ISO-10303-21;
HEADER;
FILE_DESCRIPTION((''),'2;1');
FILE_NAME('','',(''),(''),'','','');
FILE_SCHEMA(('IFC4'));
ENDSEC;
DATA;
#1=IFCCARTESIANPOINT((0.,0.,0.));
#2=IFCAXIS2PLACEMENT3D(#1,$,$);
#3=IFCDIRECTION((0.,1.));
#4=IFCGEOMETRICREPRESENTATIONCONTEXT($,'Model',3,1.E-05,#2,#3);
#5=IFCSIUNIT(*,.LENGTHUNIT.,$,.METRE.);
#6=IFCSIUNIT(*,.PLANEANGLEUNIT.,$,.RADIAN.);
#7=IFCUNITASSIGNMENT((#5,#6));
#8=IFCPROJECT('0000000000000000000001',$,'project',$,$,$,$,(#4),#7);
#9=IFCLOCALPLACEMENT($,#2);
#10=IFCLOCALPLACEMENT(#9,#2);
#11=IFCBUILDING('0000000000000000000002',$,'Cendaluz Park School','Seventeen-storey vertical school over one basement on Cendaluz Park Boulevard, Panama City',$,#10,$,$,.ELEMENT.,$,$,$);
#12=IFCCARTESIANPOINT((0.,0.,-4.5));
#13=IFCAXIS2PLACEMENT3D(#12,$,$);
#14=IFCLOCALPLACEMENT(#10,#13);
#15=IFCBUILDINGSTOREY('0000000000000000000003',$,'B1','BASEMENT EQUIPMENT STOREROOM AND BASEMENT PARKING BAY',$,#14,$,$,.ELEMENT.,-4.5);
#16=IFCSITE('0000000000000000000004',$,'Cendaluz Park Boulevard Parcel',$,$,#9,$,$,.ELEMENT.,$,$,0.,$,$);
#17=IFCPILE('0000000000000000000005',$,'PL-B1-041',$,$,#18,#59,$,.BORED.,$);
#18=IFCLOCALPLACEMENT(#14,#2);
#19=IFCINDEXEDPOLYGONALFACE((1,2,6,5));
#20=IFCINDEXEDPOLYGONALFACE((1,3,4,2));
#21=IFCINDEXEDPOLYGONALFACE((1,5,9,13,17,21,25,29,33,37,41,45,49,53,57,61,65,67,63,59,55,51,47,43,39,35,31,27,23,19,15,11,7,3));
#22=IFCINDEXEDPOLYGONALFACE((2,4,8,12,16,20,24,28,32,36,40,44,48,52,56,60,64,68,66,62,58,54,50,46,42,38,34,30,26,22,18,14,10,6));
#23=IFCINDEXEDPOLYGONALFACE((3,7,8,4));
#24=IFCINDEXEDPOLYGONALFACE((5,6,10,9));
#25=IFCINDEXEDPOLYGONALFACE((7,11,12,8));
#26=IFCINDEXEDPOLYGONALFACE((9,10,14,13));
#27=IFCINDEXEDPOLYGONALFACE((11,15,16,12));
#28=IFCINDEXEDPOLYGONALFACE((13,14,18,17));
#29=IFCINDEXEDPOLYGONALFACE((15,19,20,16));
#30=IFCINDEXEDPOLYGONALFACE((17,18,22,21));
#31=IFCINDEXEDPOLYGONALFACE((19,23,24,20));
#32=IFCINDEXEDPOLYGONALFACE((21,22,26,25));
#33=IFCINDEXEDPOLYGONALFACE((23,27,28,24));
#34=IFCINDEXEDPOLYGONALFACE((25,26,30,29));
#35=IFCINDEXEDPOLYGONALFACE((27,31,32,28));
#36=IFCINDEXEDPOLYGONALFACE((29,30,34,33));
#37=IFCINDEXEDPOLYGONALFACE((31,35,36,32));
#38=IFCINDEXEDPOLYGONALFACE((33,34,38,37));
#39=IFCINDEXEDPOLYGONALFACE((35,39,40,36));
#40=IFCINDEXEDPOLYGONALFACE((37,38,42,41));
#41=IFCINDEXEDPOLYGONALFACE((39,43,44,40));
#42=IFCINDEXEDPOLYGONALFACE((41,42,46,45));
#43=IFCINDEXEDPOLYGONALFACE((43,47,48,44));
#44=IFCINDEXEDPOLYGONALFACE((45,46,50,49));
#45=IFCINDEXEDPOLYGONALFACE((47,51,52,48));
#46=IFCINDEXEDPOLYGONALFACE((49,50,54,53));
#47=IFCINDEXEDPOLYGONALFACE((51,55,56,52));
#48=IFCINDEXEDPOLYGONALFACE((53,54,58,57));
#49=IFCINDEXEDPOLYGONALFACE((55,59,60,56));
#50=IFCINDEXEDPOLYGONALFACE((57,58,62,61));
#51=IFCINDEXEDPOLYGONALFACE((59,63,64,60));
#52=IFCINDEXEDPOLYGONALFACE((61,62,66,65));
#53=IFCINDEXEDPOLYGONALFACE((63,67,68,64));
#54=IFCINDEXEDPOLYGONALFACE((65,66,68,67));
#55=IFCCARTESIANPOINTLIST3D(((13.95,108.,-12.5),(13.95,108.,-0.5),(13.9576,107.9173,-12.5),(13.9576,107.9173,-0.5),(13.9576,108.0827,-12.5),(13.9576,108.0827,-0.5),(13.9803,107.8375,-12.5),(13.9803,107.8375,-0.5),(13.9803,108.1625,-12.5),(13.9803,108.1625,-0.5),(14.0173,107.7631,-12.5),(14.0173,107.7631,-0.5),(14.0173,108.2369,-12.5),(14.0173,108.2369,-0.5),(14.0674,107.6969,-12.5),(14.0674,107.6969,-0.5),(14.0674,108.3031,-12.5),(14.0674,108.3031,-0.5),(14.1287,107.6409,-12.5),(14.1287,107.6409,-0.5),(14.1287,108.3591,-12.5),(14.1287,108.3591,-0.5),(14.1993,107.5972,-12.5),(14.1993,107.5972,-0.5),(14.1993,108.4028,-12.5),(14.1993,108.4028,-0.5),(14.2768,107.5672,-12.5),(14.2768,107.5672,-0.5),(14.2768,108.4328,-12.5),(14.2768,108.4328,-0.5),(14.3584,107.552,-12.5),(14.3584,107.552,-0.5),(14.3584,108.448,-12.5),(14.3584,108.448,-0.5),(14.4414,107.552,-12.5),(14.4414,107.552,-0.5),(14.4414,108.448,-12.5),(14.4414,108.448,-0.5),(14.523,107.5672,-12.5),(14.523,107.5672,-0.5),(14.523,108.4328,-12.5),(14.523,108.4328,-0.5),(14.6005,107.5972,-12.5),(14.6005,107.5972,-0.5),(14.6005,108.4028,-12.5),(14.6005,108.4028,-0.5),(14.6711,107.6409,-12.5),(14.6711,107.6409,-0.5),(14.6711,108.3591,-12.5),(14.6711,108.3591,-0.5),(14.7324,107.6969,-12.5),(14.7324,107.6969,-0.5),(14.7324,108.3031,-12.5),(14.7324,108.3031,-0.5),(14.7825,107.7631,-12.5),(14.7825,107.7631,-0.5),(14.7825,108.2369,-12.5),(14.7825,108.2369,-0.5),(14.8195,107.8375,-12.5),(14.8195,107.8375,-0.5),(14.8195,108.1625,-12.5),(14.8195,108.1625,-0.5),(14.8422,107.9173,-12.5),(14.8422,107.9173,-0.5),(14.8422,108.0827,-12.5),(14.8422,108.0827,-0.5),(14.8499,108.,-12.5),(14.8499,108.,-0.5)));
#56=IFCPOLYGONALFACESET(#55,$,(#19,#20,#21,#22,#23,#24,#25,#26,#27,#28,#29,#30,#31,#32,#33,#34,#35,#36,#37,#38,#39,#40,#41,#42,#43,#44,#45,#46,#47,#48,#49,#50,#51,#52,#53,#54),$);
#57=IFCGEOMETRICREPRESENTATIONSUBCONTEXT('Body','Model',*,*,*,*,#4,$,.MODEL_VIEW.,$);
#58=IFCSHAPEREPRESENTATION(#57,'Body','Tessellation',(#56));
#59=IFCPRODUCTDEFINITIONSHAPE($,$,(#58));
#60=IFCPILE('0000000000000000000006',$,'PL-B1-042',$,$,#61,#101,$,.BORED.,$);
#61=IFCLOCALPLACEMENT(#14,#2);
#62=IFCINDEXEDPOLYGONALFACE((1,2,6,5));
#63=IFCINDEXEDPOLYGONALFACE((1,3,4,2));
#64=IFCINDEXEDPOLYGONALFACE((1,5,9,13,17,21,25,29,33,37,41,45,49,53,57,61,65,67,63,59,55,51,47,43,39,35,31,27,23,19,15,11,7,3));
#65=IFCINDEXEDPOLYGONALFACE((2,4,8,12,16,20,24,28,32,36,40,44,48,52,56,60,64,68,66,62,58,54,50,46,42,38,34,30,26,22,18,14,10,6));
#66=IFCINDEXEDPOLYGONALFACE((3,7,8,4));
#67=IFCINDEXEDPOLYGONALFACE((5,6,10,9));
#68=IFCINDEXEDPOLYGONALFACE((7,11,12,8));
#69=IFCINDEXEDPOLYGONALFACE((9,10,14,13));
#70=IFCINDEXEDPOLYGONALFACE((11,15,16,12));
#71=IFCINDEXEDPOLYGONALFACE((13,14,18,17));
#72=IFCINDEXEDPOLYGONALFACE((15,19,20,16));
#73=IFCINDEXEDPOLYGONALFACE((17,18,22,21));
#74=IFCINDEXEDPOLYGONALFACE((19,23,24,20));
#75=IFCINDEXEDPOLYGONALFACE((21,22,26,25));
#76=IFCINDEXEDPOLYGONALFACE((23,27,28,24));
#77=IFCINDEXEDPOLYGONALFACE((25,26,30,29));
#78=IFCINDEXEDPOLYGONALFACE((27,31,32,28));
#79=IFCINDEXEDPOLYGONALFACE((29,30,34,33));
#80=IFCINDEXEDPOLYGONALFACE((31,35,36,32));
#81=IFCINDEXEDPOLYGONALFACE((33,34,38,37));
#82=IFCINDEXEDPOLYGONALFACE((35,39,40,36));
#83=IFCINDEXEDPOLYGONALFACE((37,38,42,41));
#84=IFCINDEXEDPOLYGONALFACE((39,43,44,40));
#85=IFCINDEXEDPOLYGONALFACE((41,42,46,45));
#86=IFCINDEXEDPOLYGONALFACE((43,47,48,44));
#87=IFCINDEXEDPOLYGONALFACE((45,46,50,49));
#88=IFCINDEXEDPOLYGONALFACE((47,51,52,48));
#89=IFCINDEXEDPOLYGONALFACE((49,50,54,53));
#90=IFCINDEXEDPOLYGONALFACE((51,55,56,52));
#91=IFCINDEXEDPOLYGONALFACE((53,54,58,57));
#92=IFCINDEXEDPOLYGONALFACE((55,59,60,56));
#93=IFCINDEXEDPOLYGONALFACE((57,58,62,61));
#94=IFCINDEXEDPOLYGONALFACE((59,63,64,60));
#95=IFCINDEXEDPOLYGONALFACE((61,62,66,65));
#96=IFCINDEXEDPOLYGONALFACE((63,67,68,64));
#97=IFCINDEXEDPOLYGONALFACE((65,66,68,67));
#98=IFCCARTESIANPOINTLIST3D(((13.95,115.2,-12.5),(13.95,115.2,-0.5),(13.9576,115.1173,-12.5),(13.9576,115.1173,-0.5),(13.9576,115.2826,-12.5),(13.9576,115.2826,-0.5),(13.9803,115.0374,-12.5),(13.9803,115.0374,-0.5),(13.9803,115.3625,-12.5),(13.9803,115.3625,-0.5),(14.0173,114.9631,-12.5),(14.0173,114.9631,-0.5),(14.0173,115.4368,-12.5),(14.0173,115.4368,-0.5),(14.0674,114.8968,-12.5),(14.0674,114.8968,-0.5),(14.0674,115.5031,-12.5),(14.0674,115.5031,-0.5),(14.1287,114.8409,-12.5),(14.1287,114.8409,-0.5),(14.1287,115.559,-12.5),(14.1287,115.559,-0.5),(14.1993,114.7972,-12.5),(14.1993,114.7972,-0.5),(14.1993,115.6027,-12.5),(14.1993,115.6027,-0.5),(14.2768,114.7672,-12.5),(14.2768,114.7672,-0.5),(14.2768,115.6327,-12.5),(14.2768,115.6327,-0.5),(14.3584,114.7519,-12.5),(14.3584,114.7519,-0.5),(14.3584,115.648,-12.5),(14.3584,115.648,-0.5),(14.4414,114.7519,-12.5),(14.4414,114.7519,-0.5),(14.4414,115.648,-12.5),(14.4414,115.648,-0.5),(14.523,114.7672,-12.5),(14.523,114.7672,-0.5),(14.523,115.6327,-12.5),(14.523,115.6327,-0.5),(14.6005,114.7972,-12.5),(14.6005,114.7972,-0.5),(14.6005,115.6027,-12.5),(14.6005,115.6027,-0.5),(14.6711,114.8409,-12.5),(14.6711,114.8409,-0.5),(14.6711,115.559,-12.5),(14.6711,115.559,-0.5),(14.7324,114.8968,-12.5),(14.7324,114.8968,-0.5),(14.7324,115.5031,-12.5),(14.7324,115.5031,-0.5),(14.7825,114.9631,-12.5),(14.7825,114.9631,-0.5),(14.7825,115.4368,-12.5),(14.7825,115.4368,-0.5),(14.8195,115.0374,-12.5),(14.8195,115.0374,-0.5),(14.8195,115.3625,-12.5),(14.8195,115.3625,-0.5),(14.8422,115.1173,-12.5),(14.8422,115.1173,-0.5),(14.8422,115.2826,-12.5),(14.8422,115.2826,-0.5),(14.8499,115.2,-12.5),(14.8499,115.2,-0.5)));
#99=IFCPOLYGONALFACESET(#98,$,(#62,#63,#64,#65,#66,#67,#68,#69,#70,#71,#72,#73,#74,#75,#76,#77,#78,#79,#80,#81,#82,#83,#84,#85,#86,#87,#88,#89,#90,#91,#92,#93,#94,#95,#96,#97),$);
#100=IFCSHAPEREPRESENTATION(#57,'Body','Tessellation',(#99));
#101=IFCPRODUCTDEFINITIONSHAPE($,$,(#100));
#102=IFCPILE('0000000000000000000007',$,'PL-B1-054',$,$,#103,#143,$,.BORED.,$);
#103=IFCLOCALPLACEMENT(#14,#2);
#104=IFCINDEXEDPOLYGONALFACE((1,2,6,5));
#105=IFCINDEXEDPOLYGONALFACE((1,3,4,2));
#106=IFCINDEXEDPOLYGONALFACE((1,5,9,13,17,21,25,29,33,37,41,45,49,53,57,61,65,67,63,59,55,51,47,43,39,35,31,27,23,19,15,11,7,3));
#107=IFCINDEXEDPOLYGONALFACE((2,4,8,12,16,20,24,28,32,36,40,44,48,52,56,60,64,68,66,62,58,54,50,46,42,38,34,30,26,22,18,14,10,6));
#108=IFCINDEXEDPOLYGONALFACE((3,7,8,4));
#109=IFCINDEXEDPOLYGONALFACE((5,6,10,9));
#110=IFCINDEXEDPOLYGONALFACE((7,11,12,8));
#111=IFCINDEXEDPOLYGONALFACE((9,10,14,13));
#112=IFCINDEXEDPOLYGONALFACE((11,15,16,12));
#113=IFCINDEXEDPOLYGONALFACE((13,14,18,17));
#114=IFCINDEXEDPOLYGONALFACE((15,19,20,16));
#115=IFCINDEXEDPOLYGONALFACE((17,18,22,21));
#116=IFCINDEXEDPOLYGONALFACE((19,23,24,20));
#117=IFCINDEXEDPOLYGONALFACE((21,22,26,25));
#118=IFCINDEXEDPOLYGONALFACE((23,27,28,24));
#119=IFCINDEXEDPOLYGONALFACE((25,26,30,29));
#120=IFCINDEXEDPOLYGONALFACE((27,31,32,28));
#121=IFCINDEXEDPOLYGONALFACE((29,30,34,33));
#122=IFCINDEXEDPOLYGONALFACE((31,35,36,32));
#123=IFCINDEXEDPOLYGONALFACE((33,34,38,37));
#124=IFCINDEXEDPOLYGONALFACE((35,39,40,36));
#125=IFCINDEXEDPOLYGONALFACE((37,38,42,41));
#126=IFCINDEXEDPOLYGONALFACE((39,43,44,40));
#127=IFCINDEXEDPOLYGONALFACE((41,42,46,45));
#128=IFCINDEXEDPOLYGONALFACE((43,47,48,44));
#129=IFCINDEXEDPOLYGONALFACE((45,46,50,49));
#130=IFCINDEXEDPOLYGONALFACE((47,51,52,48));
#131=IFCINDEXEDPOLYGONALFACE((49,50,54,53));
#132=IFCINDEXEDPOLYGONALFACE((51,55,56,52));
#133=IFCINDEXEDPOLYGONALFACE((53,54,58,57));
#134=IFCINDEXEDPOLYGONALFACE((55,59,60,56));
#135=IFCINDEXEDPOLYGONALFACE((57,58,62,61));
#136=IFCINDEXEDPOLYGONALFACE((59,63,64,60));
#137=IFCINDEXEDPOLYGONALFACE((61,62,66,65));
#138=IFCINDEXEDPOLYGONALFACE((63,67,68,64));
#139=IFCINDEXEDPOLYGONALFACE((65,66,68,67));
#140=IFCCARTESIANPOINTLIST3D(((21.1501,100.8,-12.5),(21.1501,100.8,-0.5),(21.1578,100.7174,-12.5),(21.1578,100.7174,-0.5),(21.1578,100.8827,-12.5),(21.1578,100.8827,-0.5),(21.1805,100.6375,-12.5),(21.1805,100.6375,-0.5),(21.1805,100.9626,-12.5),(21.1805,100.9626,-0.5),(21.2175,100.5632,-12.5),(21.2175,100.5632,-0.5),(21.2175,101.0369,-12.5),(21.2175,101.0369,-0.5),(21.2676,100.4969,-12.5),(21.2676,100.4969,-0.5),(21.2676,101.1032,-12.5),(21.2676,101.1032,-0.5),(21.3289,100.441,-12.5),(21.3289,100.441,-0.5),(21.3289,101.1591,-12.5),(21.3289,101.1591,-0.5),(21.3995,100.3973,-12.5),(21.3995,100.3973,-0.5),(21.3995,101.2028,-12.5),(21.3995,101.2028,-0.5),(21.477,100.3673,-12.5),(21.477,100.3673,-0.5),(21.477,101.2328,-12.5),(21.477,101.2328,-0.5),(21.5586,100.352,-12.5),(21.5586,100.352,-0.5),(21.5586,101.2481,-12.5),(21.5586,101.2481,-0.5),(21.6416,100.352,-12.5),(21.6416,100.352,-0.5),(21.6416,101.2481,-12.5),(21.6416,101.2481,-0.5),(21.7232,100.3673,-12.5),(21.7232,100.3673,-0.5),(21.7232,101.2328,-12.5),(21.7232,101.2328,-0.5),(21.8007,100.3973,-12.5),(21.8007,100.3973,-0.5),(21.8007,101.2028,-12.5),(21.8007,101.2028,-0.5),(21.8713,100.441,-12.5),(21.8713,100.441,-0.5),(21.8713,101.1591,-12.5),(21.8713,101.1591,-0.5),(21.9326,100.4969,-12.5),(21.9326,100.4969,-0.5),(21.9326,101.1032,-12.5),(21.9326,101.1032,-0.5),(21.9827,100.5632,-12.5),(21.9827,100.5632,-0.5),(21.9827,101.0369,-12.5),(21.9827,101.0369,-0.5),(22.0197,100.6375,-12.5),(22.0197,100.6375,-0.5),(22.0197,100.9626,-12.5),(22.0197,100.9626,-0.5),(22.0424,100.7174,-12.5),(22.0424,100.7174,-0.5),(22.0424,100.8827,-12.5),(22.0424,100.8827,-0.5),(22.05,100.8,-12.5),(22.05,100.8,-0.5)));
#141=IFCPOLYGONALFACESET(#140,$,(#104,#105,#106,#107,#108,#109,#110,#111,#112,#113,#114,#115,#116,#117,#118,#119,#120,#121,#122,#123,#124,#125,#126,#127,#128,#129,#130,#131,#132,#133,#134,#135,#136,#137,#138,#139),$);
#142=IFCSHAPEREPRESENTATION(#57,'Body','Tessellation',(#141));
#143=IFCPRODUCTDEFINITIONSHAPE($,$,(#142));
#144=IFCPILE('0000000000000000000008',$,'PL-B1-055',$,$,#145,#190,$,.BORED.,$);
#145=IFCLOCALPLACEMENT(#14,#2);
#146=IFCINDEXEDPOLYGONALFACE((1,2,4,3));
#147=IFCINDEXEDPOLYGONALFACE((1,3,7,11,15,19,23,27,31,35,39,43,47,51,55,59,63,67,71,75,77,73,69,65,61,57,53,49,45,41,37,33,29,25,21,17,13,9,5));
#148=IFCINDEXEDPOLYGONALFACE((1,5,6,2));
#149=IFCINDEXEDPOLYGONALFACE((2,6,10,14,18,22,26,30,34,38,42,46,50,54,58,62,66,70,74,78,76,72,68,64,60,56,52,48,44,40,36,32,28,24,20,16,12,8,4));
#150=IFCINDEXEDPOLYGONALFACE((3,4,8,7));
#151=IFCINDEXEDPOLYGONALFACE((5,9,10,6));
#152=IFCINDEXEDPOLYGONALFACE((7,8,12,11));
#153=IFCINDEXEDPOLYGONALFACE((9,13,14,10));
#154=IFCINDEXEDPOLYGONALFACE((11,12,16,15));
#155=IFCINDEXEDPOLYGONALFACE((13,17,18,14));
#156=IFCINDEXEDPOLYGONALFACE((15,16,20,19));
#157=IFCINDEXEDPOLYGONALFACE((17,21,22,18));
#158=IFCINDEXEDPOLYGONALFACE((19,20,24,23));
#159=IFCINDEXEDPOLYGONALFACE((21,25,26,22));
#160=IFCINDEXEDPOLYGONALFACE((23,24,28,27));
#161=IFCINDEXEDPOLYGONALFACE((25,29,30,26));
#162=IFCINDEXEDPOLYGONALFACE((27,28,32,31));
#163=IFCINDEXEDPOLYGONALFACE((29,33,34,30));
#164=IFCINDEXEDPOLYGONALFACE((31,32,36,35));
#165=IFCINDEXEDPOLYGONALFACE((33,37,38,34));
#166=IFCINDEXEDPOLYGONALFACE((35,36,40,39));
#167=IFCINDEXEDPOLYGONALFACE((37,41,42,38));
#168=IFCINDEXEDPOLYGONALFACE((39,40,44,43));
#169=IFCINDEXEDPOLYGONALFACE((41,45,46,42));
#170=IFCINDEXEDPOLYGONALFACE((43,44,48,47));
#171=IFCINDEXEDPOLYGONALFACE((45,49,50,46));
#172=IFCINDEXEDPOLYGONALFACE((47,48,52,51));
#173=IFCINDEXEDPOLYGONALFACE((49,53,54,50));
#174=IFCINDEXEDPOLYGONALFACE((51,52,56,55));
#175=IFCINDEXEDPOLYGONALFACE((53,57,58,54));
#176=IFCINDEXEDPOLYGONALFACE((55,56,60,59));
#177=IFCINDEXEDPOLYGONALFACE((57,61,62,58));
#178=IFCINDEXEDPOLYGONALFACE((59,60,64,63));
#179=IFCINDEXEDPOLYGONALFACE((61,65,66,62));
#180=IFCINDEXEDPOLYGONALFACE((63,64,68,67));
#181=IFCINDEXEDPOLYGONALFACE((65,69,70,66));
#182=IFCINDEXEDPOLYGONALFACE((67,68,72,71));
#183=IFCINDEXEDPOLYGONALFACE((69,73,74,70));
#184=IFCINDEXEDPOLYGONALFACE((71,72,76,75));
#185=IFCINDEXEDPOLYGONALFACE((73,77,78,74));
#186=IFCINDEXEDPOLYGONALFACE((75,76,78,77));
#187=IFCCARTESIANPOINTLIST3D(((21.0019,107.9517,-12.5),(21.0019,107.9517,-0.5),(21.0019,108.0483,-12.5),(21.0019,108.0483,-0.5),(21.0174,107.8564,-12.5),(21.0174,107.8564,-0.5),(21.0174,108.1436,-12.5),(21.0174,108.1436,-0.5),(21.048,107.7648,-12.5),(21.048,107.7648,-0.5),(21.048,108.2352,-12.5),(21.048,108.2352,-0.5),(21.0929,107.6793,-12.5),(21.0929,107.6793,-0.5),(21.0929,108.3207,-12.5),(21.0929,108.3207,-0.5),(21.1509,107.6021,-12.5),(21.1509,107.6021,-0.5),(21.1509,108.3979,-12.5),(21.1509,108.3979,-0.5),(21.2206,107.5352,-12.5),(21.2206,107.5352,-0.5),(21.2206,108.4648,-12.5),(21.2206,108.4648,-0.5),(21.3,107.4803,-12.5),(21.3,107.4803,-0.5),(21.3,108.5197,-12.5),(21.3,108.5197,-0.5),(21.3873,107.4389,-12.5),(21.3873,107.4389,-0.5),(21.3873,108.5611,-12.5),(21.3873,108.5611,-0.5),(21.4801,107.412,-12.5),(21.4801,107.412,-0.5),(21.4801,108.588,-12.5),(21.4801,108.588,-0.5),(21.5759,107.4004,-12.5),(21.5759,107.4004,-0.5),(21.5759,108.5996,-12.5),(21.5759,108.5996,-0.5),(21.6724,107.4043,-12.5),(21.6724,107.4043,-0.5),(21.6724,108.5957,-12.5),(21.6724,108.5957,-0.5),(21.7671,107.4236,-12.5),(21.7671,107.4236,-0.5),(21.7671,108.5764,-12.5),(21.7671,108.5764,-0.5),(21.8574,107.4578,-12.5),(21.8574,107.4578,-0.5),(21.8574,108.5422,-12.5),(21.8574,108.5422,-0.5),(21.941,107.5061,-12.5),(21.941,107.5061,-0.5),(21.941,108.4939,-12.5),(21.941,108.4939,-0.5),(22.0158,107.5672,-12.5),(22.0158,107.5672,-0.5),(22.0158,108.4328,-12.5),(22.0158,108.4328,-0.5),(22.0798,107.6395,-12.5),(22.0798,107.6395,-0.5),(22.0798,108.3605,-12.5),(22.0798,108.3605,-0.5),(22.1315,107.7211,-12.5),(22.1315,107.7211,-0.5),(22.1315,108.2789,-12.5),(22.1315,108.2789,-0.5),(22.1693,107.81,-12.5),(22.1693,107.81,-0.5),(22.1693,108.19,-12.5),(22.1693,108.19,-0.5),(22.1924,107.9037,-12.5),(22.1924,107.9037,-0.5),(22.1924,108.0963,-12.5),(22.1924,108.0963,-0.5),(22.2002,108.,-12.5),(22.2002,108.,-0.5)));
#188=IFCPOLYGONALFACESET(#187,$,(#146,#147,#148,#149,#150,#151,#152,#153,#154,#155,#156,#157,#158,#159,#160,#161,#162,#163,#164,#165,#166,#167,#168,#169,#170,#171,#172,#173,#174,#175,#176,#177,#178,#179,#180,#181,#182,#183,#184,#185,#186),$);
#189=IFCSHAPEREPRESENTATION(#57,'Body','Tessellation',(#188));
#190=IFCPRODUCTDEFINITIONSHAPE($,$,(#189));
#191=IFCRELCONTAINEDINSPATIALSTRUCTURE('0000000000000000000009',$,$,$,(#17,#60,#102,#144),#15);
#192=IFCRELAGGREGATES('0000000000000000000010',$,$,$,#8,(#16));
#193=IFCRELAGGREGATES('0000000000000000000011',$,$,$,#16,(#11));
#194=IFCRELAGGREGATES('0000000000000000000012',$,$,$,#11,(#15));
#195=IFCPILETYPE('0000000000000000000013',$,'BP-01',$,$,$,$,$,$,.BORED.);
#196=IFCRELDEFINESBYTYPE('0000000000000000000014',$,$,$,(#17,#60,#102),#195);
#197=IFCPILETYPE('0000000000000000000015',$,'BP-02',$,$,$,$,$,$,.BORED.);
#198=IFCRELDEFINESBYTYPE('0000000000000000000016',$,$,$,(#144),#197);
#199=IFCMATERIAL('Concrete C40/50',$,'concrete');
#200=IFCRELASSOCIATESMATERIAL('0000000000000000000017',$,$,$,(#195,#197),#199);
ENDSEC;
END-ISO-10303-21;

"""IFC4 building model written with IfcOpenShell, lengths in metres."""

from ifc_helpers import new_model, si_unit, direction, frame, origin, origin_2d, place, context, subcontext, project, spatial, circle, extrude, material, material_profile, profile_set, type_object, element, save


model = new_model("IFC4")

# Units and contexts
model_context = context("Model", 3, precision=1e-05, world=origin(), true_north=direction((0.0, 1.0)))
body_context = subcontext(model_context, "Body", "Model", "MODEL_VIEW")
ifc_project = project(units=[si_unit("LENGTHUNIT", "METRE"), si_unit("PLANEANGLEUNIT", "RADIAN")], contexts=[model_context])

# Site, building, storey
site_placement = place(None, origin())
site = spatial("IfcSite", under=ifc_project, at=site_placement, Name="Cendaluz Park Boulevard Parcel", CompositionType="ELEMENT", RefElevation=0.0)
building_placement = place(site_placement, origin())
building = spatial("IfcBuilding", under=site, at=building_placement, Name="Cendaluz Park School", Description="Seventeen-storey vertical school over one basement on Cendaluz Park Boulevard, Panama City", CompositionType="ELEMENT")
storey_placement = place(building_placement, frame((0.0, 0.0, -4.5)))
storey = spatial("IfcBuildingStorey", under=building, at=storey_placement, Name="B1", Description="BASEMENT EQUIPMENT STOREROOM AND BASEMENT PARKING BAY", CompositionType="ELEMENT", Elevation=-4.5)

# Piles
ifc_material_1 = material(Name="Concrete C40/50", Category="concrete")
ifc_material_profile_1 = material_profile(ifc_material_1, circle(Radius=0.45, at=origin_2d()), Name="BP D900", Category="concrete")
ifc_profile_set_1 = profile_set([ifc_material_profile_1], Name="Concrete C40/50")
pile_type_1 = type_object("IfcPileType", Name="BP-01", PredefinedType="BORED", material=ifc_profile_set_1)
for number, where, z_axis, x_axis, name in (
    (1, (14.3999, 108.0, -0.5), (0.0, 0.0, -1.0), (1.0, 0.0, 0.0), "PL-B1-041"),
    (2, (14.3999, 115.2, -0.5), (0.0, 0.0, -1.0), (1.0, 0.0, 0.0), "PL-B1-042"),
    (3, (21.6001, 100.8, -0.5), (0.0, 0.0, -1.0), (1.0, 0.0, 0.0), "PL-B1-054"),
):
    element("IfcPile", number, at=place(storey_placement, frame(where, z_axis=z_axis, x_axis=x_axis)), inside=storey, type_object=pile_type_1, Name=name, PredefinedType="BORED", context=body_context, shape_type="SweptSolid", body=[
        extrude(circle(Radius=0.45, at=origin_2d()), origin(), (0.0, 0.0, 1.0), 12.0),
    ])
ifc_material_profile_2 = material_profile(ifc_material_1, circle(Radius=0.6001, at=origin_2d()), Name="BP D1200", Category="concrete")
ifc_profile_set_2 = profile_set([ifc_material_profile_2], Name="Concrete C40/50")
pile_type_2 = type_object("IfcPileType", Name="BP-02", PredefinedType="BORED", material=ifc_profile_set_2)
for number, where, z_axis, x_axis, name in (
    (4, (21.6001, 108.0, -0.5), (0.0, 0.0, -1.0), (1.0, 0.0, 0.0), "PL-B1-055"),
):
    element("IfcPile", number, at=place(storey_placement, frame(where, z_axis=z_axis, x_axis=x_axis)), inside=storey, type_object=pile_type_2, Name=name, PredefinedType="BORED", context=body_context, shape_type="SweptSolid", body=[
        extrude(circle(Radius=0.6001, at=origin_2d()), origin(), (0.0, 0.0, 1.0), 12.0),
    ])

save(model, "model.ifc")
